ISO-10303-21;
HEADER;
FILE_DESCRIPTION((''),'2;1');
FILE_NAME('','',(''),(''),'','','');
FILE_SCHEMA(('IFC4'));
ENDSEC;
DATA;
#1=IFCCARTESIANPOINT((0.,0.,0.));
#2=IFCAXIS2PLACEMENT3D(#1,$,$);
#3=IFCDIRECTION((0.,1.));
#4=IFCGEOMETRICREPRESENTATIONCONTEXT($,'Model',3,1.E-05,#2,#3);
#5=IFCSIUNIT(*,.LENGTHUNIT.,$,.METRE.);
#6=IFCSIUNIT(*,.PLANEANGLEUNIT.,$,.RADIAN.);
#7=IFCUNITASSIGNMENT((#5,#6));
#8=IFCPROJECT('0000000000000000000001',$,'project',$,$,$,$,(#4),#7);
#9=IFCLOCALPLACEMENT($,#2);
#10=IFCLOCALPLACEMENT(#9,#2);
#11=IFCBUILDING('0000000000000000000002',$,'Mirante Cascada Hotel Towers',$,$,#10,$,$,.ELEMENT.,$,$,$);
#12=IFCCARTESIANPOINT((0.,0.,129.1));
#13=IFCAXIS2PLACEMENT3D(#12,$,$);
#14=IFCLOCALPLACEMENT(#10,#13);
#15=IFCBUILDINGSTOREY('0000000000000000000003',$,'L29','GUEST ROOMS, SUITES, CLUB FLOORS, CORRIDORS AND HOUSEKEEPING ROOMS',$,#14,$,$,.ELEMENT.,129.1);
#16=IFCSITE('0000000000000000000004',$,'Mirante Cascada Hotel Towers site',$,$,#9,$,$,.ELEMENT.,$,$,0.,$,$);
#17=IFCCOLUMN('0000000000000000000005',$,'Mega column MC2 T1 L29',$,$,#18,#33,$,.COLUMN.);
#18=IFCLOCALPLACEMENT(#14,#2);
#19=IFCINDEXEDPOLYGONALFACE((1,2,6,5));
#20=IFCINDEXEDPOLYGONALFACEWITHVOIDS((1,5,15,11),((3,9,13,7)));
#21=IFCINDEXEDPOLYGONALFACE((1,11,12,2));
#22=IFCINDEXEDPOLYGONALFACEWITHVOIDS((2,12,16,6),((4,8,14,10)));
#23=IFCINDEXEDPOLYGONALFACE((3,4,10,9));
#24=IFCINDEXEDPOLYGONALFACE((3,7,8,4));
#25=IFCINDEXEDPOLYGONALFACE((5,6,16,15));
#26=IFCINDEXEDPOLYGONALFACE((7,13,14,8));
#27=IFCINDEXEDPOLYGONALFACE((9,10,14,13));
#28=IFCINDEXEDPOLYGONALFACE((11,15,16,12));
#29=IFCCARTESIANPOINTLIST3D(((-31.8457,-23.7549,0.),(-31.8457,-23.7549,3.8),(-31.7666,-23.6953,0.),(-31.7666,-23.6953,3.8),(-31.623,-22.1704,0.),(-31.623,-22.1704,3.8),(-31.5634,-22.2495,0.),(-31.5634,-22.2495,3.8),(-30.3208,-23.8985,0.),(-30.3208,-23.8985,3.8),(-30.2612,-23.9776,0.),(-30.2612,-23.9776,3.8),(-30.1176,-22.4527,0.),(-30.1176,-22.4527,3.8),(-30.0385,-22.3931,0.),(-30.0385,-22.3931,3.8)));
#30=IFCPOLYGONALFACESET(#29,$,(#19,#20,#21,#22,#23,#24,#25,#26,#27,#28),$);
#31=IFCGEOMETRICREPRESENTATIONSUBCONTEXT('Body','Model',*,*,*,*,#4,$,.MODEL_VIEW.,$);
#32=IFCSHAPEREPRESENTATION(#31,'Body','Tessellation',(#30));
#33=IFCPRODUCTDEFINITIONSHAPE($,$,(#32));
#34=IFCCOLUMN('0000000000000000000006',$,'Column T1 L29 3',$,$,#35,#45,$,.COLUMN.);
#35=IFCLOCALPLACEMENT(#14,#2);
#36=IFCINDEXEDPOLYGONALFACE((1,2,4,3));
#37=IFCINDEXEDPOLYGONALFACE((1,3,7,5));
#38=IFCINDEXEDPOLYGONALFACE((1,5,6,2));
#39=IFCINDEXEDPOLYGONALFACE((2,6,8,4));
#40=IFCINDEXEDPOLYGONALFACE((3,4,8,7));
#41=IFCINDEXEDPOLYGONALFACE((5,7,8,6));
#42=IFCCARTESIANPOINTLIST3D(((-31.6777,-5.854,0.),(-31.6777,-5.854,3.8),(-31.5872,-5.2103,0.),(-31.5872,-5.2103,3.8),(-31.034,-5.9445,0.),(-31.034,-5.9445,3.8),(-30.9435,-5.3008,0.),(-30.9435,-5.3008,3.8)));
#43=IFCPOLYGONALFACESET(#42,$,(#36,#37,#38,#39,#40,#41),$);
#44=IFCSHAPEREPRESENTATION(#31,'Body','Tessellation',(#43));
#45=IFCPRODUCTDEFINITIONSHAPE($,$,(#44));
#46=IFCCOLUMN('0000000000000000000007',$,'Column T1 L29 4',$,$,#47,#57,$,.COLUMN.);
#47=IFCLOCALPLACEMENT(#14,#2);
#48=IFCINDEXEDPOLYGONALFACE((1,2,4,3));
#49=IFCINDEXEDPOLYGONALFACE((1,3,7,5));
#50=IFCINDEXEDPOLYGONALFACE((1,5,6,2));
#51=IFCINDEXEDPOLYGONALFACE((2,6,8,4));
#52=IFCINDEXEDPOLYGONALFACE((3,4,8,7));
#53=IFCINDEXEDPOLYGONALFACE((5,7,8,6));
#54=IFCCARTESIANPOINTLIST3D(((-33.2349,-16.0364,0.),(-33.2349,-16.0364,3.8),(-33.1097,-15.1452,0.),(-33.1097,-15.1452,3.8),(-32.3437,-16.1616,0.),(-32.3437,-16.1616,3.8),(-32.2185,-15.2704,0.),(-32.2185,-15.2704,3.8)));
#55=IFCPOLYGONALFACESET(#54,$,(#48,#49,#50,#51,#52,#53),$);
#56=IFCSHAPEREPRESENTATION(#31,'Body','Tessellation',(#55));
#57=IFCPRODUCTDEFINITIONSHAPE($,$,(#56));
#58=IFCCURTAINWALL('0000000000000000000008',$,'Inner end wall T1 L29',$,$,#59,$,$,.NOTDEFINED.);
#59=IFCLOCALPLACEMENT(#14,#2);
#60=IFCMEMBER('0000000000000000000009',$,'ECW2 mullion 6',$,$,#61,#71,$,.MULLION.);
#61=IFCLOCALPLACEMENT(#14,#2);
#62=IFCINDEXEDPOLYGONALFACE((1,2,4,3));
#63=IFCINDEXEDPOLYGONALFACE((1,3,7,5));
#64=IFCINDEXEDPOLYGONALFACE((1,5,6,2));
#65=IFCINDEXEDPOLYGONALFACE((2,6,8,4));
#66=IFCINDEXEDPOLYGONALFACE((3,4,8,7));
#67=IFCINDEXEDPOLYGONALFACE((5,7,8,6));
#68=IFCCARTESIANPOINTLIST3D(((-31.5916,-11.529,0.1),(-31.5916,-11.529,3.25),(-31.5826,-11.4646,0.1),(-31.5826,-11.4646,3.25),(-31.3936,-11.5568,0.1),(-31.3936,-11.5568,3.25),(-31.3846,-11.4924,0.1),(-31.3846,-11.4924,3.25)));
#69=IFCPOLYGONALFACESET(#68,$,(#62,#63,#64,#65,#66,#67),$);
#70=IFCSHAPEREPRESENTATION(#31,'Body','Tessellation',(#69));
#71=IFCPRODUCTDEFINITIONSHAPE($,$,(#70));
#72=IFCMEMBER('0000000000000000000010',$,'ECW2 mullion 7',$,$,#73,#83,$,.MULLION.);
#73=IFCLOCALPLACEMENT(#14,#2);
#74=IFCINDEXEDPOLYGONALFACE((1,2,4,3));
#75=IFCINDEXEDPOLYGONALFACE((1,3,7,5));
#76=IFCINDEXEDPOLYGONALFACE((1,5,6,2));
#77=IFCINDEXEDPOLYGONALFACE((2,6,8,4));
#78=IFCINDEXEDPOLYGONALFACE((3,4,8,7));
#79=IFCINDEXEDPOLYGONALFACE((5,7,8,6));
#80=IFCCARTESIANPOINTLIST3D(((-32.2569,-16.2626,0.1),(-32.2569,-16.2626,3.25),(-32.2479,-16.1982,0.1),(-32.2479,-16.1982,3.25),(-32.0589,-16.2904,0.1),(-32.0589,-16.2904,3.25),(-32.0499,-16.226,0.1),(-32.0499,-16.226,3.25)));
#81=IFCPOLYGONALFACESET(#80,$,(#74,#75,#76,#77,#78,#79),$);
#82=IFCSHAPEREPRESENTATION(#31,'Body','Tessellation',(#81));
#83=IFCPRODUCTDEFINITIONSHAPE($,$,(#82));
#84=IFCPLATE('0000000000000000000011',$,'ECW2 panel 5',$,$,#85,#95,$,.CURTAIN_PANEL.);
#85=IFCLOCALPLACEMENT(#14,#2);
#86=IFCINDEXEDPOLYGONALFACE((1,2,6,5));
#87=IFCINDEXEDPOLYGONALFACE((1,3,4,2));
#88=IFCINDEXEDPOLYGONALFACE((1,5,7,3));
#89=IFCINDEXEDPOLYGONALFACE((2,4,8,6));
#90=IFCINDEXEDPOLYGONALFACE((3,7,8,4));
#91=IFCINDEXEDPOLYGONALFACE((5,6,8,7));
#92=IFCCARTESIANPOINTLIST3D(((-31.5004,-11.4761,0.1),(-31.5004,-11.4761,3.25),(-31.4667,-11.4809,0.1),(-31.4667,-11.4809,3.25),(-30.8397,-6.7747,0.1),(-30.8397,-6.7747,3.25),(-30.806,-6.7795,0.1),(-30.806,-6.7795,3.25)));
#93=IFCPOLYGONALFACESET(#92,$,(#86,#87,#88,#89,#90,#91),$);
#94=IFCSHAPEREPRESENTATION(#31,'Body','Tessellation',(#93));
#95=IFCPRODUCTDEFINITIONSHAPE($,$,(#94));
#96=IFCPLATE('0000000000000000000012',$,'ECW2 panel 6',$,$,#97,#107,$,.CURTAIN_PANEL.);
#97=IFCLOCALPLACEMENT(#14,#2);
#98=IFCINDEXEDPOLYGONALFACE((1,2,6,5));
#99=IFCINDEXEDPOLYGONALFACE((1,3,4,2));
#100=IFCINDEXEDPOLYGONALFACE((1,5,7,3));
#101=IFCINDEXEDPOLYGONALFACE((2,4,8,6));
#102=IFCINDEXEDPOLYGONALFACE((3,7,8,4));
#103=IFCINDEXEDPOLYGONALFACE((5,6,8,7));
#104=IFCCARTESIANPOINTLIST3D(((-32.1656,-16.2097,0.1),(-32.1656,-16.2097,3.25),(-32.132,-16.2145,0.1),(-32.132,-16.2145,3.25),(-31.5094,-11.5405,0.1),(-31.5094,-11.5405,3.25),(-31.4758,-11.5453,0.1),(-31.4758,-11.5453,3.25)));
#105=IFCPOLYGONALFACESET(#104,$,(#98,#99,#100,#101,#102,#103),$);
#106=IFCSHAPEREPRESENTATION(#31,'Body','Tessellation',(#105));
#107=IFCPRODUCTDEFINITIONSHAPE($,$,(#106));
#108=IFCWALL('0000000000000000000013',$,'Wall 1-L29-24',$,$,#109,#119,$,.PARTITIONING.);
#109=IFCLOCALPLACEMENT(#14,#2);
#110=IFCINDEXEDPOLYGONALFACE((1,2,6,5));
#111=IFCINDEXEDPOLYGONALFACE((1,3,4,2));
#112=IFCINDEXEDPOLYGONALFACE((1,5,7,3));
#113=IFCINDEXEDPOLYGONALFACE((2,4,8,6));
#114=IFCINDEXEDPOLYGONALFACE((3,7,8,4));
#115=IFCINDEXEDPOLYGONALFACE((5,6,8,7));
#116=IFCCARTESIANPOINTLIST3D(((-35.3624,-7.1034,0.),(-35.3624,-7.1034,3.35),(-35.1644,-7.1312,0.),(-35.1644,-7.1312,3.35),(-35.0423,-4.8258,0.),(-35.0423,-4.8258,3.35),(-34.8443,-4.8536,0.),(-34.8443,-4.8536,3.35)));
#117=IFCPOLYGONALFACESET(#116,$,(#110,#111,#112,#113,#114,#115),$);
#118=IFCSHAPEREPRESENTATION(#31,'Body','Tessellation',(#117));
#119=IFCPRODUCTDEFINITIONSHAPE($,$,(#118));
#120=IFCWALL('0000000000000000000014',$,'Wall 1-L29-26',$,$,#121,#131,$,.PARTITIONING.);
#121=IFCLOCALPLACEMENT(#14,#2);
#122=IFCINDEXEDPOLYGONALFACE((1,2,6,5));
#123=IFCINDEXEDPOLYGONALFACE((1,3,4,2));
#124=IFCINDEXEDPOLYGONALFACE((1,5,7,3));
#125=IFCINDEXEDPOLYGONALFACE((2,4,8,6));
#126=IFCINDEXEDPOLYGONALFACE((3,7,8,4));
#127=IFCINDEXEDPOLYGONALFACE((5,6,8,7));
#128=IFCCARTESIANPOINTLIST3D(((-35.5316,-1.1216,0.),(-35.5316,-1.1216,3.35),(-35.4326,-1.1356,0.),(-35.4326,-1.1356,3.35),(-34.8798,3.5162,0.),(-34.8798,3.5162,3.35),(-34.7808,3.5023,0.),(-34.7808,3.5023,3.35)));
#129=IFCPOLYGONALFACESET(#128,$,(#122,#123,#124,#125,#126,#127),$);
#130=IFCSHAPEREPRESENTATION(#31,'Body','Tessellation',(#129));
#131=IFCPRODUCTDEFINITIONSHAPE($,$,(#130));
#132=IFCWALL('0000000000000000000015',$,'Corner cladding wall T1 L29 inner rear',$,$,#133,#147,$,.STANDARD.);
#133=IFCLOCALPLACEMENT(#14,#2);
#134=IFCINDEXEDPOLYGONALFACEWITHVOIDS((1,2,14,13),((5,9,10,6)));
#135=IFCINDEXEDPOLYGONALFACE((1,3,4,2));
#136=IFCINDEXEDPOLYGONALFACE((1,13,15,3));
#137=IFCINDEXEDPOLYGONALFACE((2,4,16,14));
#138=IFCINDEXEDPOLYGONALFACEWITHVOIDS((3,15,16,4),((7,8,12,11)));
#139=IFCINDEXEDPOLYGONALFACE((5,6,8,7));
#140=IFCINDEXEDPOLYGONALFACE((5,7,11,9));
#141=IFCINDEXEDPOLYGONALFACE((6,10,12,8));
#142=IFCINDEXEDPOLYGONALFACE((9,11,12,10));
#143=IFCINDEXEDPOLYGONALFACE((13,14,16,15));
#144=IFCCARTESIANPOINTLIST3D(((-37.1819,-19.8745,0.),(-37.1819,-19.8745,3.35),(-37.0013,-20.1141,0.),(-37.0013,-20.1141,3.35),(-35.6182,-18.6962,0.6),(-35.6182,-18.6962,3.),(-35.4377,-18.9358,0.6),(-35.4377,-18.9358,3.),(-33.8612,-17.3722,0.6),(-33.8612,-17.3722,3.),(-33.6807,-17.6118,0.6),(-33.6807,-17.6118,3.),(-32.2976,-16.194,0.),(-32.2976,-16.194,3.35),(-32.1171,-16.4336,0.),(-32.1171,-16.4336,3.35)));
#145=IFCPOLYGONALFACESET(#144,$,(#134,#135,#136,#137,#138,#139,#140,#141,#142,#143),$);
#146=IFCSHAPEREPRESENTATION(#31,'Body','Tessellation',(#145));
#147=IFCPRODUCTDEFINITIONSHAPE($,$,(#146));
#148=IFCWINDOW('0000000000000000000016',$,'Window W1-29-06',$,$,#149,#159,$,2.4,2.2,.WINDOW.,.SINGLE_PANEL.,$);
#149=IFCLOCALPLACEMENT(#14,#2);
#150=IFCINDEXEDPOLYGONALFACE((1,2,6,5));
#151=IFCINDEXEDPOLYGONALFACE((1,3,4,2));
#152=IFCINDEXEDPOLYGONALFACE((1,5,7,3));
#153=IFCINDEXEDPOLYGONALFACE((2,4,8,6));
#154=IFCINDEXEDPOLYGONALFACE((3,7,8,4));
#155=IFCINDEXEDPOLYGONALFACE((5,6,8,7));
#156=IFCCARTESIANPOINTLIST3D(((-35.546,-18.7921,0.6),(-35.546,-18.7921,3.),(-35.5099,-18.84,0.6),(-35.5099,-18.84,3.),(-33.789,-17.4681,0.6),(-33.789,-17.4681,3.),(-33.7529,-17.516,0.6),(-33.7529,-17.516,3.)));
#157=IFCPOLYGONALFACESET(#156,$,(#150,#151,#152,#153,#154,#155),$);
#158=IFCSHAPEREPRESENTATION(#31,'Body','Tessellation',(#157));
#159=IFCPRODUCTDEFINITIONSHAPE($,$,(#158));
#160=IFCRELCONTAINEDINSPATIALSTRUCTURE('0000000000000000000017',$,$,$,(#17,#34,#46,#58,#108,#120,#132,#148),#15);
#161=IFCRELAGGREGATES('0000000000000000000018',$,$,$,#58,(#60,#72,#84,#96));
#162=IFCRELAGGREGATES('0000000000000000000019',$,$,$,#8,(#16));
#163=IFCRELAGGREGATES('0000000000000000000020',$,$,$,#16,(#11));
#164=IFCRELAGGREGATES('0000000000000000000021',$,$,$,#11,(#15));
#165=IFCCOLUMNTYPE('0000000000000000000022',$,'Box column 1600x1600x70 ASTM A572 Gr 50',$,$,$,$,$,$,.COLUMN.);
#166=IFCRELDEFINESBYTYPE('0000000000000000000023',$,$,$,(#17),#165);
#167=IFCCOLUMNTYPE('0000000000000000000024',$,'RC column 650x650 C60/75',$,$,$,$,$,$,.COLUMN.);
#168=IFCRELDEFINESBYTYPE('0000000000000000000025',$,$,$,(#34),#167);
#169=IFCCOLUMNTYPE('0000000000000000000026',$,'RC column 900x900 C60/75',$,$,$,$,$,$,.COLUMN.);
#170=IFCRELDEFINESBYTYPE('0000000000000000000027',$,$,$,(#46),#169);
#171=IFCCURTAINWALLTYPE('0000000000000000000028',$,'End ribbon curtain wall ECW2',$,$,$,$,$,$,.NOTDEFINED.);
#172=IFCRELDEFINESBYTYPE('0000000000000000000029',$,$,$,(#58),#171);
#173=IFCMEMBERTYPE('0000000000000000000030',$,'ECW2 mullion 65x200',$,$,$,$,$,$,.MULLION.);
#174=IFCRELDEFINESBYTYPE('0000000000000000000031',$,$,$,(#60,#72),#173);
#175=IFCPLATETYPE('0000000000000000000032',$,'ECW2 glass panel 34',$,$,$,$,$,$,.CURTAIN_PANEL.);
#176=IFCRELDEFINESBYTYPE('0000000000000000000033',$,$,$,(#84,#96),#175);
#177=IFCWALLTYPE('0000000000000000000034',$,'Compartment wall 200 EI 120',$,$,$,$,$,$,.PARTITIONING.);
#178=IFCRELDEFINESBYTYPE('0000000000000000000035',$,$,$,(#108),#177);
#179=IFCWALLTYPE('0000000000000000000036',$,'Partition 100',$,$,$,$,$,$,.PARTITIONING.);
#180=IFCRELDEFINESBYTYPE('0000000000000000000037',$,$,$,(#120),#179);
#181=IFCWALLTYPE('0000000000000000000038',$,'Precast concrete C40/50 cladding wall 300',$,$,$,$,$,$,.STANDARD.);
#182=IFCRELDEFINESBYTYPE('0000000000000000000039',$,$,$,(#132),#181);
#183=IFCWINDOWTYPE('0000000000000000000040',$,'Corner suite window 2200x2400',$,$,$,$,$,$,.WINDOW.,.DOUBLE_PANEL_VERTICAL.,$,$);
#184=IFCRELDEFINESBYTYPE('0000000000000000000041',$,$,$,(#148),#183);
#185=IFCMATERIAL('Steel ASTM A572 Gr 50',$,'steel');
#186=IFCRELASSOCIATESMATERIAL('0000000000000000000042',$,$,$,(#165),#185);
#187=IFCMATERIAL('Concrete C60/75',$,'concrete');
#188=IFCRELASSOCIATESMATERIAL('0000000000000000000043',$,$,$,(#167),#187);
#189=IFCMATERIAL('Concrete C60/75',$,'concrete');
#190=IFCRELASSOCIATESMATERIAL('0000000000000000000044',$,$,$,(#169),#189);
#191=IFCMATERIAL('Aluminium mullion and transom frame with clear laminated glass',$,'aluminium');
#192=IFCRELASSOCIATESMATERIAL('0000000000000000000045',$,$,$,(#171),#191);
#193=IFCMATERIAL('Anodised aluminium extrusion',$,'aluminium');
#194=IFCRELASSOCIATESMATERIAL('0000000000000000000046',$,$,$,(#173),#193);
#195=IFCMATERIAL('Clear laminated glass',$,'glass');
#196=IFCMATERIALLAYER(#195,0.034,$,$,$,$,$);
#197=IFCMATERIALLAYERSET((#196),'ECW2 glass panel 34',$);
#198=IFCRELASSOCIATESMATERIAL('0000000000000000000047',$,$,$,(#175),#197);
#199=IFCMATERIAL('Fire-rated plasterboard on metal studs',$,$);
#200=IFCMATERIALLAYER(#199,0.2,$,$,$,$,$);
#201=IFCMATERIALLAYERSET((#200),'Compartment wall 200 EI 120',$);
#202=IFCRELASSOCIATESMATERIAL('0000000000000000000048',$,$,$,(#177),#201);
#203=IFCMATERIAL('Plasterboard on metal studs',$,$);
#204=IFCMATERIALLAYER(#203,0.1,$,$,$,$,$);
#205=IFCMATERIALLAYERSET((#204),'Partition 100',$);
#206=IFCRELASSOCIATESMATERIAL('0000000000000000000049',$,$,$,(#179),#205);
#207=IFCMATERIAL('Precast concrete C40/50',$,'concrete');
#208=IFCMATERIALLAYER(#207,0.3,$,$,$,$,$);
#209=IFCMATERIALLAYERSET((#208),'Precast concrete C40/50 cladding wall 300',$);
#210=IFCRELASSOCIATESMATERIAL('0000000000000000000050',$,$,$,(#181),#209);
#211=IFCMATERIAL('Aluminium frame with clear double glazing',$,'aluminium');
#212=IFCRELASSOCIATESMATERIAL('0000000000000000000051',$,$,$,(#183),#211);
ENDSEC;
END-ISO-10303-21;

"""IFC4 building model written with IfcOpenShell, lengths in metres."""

from ifc_helpers import new_model, si_unit, direction, frame, frame_2d, origin, origin_2d, place, context, subcontext, project, spatial, rectangle, hollow_rectangle, extrude, material, layer, layer_set, material_profile, profile_set, type_object, element, fill, aggregate, save


model = new_model("IFC4")

# Units and contexts
model_context = context("Model", 3, precision=1e-05, world=origin(), true_north=direction((0.0, 1.0)))
body_context = subcontext(model_context, "Body", "Model", "MODEL_VIEW")
ifc_project = project(units=[si_unit("LENGTHUNIT", "METRE"), si_unit("PLANEANGLEUNIT", "RADIAN")], contexts=[model_context])

# Site, building, storey
site_placement = place(None, origin())
site = spatial("IfcSite", under=ifc_project, at=site_placement, Name="Mirante Cascada Hotel Towers site", CompositionType="ELEMENT", RefElevation=0.0)
building_placement = place(site_placement, origin())
building = spatial("IfcBuilding", under=site, at=building_placement, Name="Mirante Cascada Hotel Towers", CompositionType="ELEMENT")
storey_placement = place(building_placement, frame((0.0, 0.0, 129.1)))
storey = spatial("IfcBuildingStorey", under=building, at=storey_placement, Name="L29", Description="GUEST ROOMS, SUITES, CLUB FLOORS, CORRIDORS AND HOUSEKEEPING ROOMS", CompositionType="ELEMENT", Elevation=129.1)

# Columns
ifc_material_1 = material(Name="Steel ASTM A572 Gr 50", Category="steel")
ifc_material_profile_1 = material_profile(ifc_material_1, hollow_rectangle(XDim=1.6, YDim=1.6, WallThickness=0.07, at=origin_2d()), Name="Box column 1600x1600x70 ASTM A572 Gr 50")
ifc_profile_set_1 = profile_set([ifc_material_profile_1], Name="Steel ASTM A572 Gr 50")
column_type_1 = type_object("IfcColumnType", Name="Box column 1600x1600x70 ASTM A572 Gr 50", PredefinedType="COLUMN", material=ifc_profile_set_1)
column_1_placement = place(storey_placement, frame((-30.9421, -23.074, 0.0), z_axis=(0.0, 0.0, 1.0), x_axis=(-0.990268, 0.139173, 0.0)))
element("IfcColumn", 1, at=column_1_placement, inside=storey, type_object=column_type_1, Name="Mega column MC2 T1 L29", PredefinedType="COLUMN", context=body_context, shape_type="SweptSolid", body=[
    extrude(hollow_rectangle(XDim=1.6, YDim=1.6, WallThickness=0.07, at=origin_2d()), origin(), (0.0, 0.0, 1.0), 3.8),
])
ifc_material_2 = material(Name="Concrete C60/75", Category="concrete")
ifc_material_profile_2 = material_profile(ifc_material_2, rectangle(XDim=0.65, YDim=0.65, at=origin_2d()), Name="RC column 650x650 C60/75")
ifc_profile_set_2 = profile_set([ifc_material_profile_2], Name="Concrete C60/75")
column_type_2 = type_object("IfcColumnType", Name="RC column 650x650 C60/75", PredefinedType="COLUMN", material=ifc_profile_set_2)
column_2_placement = place(storey_placement, frame((-31.3106, -5.5774, 0.0), z_axis=(0.0, 0.0, 1.0), x_axis=(-0.990268, 0.139173, 0.0)))
element("IfcColumn", 2, at=column_2_placement, inside=storey, type_object=column_type_2, Name="Column T1 L29 3", PredefinedType="COLUMN", context=body_context, shape_type="SweptSolid", body=[
    extrude(rectangle(XDim=0.65, YDim=0.65, at=origin_2d()), origin(), (0.0, 0.0, 1.0), 3.8),
])
ifc_material_3 = material(Name="Concrete C60/75", Category="concrete")
ifc_material_profile_3 = material_profile(ifc_material_3, rectangle(XDim=0.9, YDim=0.9, at=origin_2d()), Name="RC column 900x900 C60/75")
ifc_profile_set_3 = profile_set([ifc_material_profile_3], Name="Concrete C60/75")
column_type_3 = type_object("IfcColumnType", Name="RC column 900x900 C60/75", PredefinedType="COLUMN", material=ifc_profile_set_3)
column_3_placement = place(storey_placement, frame((-32.7267, -15.6534, 0.0), z_axis=(0.0, 0.0, 1.0), x_axis=(-0.990268, 0.139173, 0.0)))
element("IfcColumn", 3, at=column_3_placement, inside=storey, type_object=column_type_3, Name="Column T1 L29 4", PredefinedType="COLUMN", context=body_context, shape_type="SweptSolid", body=[
    extrude(rectangle(XDim=0.9, YDim=0.9, at=origin_2d()), origin(), (0.0, 0.0, 1.0), 3.8),
])

# Curtain wall, members, plates
ifc_material_4 = material(Name="Aluminium mullion and transom frame with clear laminated glass", Category="aluminium")
curtain_wall_type = type_object("IfcCurtainWallType", Name="End ribbon curtain wall ECW2", PredefinedType="NOTDEFINED", material=ifc_material_4)
curtain_wall_placement = place(storey_placement, origin())
curtain_wall = element("IfcCurtainWall", 4, at=curtain_wall_placement, inside=storey, type_object=curtain_wall_type, Name="Inner end wall T1 L29", PredefinedType="NOTDEFINED")
ifc_material_5 = material(Name="Anodised aluminium extrusion", Category="aluminium")
ifc_material_profile_4 = material_profile(ifc_material_5, rectangle(XDim=0.2, YDim=0.065, at=origin_2d()), Name="ECW2 MULLION 65x200")
ifc_profile_set_4 = profile_set([ifc_material_profile_4], Name="Anodised aluminium extrusion")
member_type = type_object("IfcMemberType", Name="ECW2 mullion 65x200", PredefinedType="MULLION", material=ifc_profile_set_4)
member_1_placement = place(storey_placement, frame((-31.4881, -11.5107, 0.1), z_axis=(0.0, 0.0, 1.0), x_axis=(0.990268, -0.139173, 0.0)))
member_1 = element("IfcMember", 5, at=member_1_placement, type_object=member_type, Name="ECW2 mullion 6", PredefinedType="MULLION", context=body_context, shape_type="SweptSolid", body=[
    extrude(rectangle(XDim=0.2, YDim=0.065, at=origin_2d()), origin(), (0.0, 0.0, 1.0), 3.15),
])
member_2_placement = place(storey_placement, frame((-32.1534, -16.2443, 0.1), z_axis=(0.0, 0.0, 1.0), x_axis=(0.990268, -0.139173, 0.0)))
member_2 = element("IfcMember", 6, at=member_2_placement, type_object=member_type, Name="ECW2 mullion 7", PredefinedType="MULLION", context=body_context, shape_type="SweptSolid", body=[
    extrude(rectangle(XDim=0.2, YDim=0.065, at=origin_2d()), origin(), (0.0, 0.0, 1.0), 3.15),
])
ifc_material_6 = material(Name="Clear laminated glass", Category="glass")
ifc_layer_1 = layer(ifc_material_6, 0.034)
ifc_layer_set_1 = layer_set([ifc_layer_1], Name="ECW2 glass panel 34")
plate_type = type_object("IfcPlateType", Name="ECW2 glass panel 34", PredefinedType="CURTAIN_PANEL", material=ifc_layer_set_1)
plate_1_placement = place(storey_placement, frame((-31.1532, -9.1278, 0.1), z_axis=(0.0, 0.0, 1.0), x_axis=(-0.139173, -0.990268, 0.0)))
plate_1 = element("IfcPlate", 7, at=plate_1_placement, type_object=plate_type, Name="ECW2 panel 5", PredefinedType="CURTAIN_PANEL", context=body_context, shape_type="SweptSolid", body=[
    extrude(rectangle(XDim=4.7476, YDim=0.034, at=origin_2d()), origin(), (0.0, 0.0, 1.0), 3.15),
])
plate_2_placement = place(storey_placement, frame((-31.8207, -13.8775, 0.1), z_axis=(0.0, 0.0, 1.0), x_axis=(-0.139173, -0.990268, 0.0)))
plate_2 = element("IfcPlate", 8, at=plate_2_placement, type_object=plate_type, Name="ECW2 panel 6", PredefinedType="CURTAIN_PANEL", context=body_context, shape_type="SweptSolid", body=[
    extrude(rectangle(XDim=4.7151, YDim=0.034, at=origin_2d()), origin(), (0.0, 0.0, 1.0), 3.15),
])
aggregate(curtain_wall, [member_1, member_2, plate_1, plate_2])

# Walls
ifc_material_7 = material(Name="Fire-rated plasterboard on metal studs")
ifc_layer_2 = layer(ifc_material_7, 0.2)
ifc_layer_set_2 = layer_set([ifc_layer_2], Name="Compartment wall 200 EI 120")
wall_type_1 = type_object("IfcWallType", Name="Compartment wall 200 EI 120", PredefinedType="PARTITIONING", material=ifc_layer_set_2)
wall_1_placement = place(storey_placement, frame((-35.2634, -7.1173, 0.0), z_axis=(0.0, 0.0, 1.0), x_axis=(0.139175, 0.990268, 0.0)))
element("IfcWall", 9, at=wall_1_placement, inside=storey, type_object=wall_type_1, Name="Wall 1-L29-24", PredefinedType="PARTITIONING", context=body_context, shape_type="SweptSolid", body=[
    extrude(rectangle(XDim=2.3, YDim=0.2, at=frame_2d((1.15, 0.0))), origin(), (0.0, 0.0, 1.0), 3.35),
])
ifc_material_8 = material(Name="Plasterboard on metal studs")
ifc_layer_3 = layer(ifc_material_8, 0.1)
ifc_layer_set_3 = layer_set([ifc_layer_3], Name="Partition 100")
wall_type_2 = type_object("IfcWallType", Name="Partition 100", PredefinedType="PARTITIONING", material=ifc_layer_set_3)
wall_2_placement = place(storey_placement, frame((-35.4821, -1.1286, 0.0), z_axis=(0.0, 0.0, 1.0), x_axis=(0.139173, 0.990268, 0.0)))
element("IfcWall", 10, at=wall_2_placement, inside=storey, type_object=wall_type_2, Name="Wall 1-L29-26", PredefinedType="PARTITIONING", context=body_context, shape_type="SweptSolid", body=[
    extrude(rectangle(XDim=4.6834, YDim=0.1, at=frame_2d((2.3417, 0.0))), origin(), (0.0, 0.0, 1.0), 3.35),
])

# Wall, opening, window
ifc_material_9 = material(Name="Precast concrete C40/50", Category="concrete")
ifc_layer_4 = layer(ifc_material_9, 0.3)
ifc_layer_set_4 = layer_set([ifc_layer_4], Name="Precast concrete C40/50 cladding wall 300")
wall_type_3 = type_object("IfcWallType", Name="Precast concrete C40/50 cladding wall 300", PredefinedType="STANDARD", material=ifc_layer_set_4)
wall_3_placement = place(storey_placement, frame((-32.2074, -16.3138, 0.0), z_axis=(0.0, 0.0, 1.0), x_axis=(-0.798636, -0.601814, 0.0)))
wall_3 = element("IfcWall", 11, at=wall_3_placement, inside=storey, type_object=wall_type_3, Name="Corner cladding wall T1 L29 inner rear", PredefinedType="STANDARD", context=body_context, shape_type="SweptSolid", body=[
    extrude(rectangle(XDim=6.1157, YDim=0.3, at=frame_2d((3.0578, 0.0))), origin(), (0.0, 0.0, 1.0), 3.35),
])
opening_1_placement = place(wall_3_placement, frame((1.9578, 0.0, 0.6)))
opening_1 = element("IfcOpeningElement", 12, at=opening_1_placement, cuts=wall_3, PredefinedType="OPENING", context=body_context, shape_type="SweptSolid", body=[
    extrude(rectangle(XDim=2.2, YDim=2.4, at=frame_2d((1.1, 1.2))), frame((0.0, 0.15, 0.0), z_axis=(0.0, -1.0, 0.0), x_axis=(1.0, 0.0, 0.0)), (0.0, 0.0, 1.0), 0.3),
])
ifc_material_10 = material(Name="Aluminium frame with clear double glazing", Category="aluminium")
window_type = type_object("IfcWindowType", Name="Corner suite window 2200x2400", PartitioningType="DOUBLE_PANEL_VERTICAL", PredefinedType="WINDOW", material=ifc_material_10)
window_placement = place(opening_1_placement, origin())
window = element("IfcWindow", 13, at=window_placement, inside=storey, type_object=window_type, Name="Window W1-29-06", OverallHeight=2.4, OverallWidth=2.2, PartitioningType="SINGLE_PANEL", PredefinedType="WINDOW", context=body_context, shape_type="SweptSolid", body=[
    extrude(rectangle(XDim=2.2, YDim=2.4, at=frame_2d((1.1, 1.2))), frame((0.0, 0.03, 0.0), z_axis=(0.0, -1.0, 0.0), x_axis=(1.0, 0.0, 0.0)), (0.0, 0.0, 1.0), 0.06),
])
fill(opening_1, window)

save(model, "model.ifc")
